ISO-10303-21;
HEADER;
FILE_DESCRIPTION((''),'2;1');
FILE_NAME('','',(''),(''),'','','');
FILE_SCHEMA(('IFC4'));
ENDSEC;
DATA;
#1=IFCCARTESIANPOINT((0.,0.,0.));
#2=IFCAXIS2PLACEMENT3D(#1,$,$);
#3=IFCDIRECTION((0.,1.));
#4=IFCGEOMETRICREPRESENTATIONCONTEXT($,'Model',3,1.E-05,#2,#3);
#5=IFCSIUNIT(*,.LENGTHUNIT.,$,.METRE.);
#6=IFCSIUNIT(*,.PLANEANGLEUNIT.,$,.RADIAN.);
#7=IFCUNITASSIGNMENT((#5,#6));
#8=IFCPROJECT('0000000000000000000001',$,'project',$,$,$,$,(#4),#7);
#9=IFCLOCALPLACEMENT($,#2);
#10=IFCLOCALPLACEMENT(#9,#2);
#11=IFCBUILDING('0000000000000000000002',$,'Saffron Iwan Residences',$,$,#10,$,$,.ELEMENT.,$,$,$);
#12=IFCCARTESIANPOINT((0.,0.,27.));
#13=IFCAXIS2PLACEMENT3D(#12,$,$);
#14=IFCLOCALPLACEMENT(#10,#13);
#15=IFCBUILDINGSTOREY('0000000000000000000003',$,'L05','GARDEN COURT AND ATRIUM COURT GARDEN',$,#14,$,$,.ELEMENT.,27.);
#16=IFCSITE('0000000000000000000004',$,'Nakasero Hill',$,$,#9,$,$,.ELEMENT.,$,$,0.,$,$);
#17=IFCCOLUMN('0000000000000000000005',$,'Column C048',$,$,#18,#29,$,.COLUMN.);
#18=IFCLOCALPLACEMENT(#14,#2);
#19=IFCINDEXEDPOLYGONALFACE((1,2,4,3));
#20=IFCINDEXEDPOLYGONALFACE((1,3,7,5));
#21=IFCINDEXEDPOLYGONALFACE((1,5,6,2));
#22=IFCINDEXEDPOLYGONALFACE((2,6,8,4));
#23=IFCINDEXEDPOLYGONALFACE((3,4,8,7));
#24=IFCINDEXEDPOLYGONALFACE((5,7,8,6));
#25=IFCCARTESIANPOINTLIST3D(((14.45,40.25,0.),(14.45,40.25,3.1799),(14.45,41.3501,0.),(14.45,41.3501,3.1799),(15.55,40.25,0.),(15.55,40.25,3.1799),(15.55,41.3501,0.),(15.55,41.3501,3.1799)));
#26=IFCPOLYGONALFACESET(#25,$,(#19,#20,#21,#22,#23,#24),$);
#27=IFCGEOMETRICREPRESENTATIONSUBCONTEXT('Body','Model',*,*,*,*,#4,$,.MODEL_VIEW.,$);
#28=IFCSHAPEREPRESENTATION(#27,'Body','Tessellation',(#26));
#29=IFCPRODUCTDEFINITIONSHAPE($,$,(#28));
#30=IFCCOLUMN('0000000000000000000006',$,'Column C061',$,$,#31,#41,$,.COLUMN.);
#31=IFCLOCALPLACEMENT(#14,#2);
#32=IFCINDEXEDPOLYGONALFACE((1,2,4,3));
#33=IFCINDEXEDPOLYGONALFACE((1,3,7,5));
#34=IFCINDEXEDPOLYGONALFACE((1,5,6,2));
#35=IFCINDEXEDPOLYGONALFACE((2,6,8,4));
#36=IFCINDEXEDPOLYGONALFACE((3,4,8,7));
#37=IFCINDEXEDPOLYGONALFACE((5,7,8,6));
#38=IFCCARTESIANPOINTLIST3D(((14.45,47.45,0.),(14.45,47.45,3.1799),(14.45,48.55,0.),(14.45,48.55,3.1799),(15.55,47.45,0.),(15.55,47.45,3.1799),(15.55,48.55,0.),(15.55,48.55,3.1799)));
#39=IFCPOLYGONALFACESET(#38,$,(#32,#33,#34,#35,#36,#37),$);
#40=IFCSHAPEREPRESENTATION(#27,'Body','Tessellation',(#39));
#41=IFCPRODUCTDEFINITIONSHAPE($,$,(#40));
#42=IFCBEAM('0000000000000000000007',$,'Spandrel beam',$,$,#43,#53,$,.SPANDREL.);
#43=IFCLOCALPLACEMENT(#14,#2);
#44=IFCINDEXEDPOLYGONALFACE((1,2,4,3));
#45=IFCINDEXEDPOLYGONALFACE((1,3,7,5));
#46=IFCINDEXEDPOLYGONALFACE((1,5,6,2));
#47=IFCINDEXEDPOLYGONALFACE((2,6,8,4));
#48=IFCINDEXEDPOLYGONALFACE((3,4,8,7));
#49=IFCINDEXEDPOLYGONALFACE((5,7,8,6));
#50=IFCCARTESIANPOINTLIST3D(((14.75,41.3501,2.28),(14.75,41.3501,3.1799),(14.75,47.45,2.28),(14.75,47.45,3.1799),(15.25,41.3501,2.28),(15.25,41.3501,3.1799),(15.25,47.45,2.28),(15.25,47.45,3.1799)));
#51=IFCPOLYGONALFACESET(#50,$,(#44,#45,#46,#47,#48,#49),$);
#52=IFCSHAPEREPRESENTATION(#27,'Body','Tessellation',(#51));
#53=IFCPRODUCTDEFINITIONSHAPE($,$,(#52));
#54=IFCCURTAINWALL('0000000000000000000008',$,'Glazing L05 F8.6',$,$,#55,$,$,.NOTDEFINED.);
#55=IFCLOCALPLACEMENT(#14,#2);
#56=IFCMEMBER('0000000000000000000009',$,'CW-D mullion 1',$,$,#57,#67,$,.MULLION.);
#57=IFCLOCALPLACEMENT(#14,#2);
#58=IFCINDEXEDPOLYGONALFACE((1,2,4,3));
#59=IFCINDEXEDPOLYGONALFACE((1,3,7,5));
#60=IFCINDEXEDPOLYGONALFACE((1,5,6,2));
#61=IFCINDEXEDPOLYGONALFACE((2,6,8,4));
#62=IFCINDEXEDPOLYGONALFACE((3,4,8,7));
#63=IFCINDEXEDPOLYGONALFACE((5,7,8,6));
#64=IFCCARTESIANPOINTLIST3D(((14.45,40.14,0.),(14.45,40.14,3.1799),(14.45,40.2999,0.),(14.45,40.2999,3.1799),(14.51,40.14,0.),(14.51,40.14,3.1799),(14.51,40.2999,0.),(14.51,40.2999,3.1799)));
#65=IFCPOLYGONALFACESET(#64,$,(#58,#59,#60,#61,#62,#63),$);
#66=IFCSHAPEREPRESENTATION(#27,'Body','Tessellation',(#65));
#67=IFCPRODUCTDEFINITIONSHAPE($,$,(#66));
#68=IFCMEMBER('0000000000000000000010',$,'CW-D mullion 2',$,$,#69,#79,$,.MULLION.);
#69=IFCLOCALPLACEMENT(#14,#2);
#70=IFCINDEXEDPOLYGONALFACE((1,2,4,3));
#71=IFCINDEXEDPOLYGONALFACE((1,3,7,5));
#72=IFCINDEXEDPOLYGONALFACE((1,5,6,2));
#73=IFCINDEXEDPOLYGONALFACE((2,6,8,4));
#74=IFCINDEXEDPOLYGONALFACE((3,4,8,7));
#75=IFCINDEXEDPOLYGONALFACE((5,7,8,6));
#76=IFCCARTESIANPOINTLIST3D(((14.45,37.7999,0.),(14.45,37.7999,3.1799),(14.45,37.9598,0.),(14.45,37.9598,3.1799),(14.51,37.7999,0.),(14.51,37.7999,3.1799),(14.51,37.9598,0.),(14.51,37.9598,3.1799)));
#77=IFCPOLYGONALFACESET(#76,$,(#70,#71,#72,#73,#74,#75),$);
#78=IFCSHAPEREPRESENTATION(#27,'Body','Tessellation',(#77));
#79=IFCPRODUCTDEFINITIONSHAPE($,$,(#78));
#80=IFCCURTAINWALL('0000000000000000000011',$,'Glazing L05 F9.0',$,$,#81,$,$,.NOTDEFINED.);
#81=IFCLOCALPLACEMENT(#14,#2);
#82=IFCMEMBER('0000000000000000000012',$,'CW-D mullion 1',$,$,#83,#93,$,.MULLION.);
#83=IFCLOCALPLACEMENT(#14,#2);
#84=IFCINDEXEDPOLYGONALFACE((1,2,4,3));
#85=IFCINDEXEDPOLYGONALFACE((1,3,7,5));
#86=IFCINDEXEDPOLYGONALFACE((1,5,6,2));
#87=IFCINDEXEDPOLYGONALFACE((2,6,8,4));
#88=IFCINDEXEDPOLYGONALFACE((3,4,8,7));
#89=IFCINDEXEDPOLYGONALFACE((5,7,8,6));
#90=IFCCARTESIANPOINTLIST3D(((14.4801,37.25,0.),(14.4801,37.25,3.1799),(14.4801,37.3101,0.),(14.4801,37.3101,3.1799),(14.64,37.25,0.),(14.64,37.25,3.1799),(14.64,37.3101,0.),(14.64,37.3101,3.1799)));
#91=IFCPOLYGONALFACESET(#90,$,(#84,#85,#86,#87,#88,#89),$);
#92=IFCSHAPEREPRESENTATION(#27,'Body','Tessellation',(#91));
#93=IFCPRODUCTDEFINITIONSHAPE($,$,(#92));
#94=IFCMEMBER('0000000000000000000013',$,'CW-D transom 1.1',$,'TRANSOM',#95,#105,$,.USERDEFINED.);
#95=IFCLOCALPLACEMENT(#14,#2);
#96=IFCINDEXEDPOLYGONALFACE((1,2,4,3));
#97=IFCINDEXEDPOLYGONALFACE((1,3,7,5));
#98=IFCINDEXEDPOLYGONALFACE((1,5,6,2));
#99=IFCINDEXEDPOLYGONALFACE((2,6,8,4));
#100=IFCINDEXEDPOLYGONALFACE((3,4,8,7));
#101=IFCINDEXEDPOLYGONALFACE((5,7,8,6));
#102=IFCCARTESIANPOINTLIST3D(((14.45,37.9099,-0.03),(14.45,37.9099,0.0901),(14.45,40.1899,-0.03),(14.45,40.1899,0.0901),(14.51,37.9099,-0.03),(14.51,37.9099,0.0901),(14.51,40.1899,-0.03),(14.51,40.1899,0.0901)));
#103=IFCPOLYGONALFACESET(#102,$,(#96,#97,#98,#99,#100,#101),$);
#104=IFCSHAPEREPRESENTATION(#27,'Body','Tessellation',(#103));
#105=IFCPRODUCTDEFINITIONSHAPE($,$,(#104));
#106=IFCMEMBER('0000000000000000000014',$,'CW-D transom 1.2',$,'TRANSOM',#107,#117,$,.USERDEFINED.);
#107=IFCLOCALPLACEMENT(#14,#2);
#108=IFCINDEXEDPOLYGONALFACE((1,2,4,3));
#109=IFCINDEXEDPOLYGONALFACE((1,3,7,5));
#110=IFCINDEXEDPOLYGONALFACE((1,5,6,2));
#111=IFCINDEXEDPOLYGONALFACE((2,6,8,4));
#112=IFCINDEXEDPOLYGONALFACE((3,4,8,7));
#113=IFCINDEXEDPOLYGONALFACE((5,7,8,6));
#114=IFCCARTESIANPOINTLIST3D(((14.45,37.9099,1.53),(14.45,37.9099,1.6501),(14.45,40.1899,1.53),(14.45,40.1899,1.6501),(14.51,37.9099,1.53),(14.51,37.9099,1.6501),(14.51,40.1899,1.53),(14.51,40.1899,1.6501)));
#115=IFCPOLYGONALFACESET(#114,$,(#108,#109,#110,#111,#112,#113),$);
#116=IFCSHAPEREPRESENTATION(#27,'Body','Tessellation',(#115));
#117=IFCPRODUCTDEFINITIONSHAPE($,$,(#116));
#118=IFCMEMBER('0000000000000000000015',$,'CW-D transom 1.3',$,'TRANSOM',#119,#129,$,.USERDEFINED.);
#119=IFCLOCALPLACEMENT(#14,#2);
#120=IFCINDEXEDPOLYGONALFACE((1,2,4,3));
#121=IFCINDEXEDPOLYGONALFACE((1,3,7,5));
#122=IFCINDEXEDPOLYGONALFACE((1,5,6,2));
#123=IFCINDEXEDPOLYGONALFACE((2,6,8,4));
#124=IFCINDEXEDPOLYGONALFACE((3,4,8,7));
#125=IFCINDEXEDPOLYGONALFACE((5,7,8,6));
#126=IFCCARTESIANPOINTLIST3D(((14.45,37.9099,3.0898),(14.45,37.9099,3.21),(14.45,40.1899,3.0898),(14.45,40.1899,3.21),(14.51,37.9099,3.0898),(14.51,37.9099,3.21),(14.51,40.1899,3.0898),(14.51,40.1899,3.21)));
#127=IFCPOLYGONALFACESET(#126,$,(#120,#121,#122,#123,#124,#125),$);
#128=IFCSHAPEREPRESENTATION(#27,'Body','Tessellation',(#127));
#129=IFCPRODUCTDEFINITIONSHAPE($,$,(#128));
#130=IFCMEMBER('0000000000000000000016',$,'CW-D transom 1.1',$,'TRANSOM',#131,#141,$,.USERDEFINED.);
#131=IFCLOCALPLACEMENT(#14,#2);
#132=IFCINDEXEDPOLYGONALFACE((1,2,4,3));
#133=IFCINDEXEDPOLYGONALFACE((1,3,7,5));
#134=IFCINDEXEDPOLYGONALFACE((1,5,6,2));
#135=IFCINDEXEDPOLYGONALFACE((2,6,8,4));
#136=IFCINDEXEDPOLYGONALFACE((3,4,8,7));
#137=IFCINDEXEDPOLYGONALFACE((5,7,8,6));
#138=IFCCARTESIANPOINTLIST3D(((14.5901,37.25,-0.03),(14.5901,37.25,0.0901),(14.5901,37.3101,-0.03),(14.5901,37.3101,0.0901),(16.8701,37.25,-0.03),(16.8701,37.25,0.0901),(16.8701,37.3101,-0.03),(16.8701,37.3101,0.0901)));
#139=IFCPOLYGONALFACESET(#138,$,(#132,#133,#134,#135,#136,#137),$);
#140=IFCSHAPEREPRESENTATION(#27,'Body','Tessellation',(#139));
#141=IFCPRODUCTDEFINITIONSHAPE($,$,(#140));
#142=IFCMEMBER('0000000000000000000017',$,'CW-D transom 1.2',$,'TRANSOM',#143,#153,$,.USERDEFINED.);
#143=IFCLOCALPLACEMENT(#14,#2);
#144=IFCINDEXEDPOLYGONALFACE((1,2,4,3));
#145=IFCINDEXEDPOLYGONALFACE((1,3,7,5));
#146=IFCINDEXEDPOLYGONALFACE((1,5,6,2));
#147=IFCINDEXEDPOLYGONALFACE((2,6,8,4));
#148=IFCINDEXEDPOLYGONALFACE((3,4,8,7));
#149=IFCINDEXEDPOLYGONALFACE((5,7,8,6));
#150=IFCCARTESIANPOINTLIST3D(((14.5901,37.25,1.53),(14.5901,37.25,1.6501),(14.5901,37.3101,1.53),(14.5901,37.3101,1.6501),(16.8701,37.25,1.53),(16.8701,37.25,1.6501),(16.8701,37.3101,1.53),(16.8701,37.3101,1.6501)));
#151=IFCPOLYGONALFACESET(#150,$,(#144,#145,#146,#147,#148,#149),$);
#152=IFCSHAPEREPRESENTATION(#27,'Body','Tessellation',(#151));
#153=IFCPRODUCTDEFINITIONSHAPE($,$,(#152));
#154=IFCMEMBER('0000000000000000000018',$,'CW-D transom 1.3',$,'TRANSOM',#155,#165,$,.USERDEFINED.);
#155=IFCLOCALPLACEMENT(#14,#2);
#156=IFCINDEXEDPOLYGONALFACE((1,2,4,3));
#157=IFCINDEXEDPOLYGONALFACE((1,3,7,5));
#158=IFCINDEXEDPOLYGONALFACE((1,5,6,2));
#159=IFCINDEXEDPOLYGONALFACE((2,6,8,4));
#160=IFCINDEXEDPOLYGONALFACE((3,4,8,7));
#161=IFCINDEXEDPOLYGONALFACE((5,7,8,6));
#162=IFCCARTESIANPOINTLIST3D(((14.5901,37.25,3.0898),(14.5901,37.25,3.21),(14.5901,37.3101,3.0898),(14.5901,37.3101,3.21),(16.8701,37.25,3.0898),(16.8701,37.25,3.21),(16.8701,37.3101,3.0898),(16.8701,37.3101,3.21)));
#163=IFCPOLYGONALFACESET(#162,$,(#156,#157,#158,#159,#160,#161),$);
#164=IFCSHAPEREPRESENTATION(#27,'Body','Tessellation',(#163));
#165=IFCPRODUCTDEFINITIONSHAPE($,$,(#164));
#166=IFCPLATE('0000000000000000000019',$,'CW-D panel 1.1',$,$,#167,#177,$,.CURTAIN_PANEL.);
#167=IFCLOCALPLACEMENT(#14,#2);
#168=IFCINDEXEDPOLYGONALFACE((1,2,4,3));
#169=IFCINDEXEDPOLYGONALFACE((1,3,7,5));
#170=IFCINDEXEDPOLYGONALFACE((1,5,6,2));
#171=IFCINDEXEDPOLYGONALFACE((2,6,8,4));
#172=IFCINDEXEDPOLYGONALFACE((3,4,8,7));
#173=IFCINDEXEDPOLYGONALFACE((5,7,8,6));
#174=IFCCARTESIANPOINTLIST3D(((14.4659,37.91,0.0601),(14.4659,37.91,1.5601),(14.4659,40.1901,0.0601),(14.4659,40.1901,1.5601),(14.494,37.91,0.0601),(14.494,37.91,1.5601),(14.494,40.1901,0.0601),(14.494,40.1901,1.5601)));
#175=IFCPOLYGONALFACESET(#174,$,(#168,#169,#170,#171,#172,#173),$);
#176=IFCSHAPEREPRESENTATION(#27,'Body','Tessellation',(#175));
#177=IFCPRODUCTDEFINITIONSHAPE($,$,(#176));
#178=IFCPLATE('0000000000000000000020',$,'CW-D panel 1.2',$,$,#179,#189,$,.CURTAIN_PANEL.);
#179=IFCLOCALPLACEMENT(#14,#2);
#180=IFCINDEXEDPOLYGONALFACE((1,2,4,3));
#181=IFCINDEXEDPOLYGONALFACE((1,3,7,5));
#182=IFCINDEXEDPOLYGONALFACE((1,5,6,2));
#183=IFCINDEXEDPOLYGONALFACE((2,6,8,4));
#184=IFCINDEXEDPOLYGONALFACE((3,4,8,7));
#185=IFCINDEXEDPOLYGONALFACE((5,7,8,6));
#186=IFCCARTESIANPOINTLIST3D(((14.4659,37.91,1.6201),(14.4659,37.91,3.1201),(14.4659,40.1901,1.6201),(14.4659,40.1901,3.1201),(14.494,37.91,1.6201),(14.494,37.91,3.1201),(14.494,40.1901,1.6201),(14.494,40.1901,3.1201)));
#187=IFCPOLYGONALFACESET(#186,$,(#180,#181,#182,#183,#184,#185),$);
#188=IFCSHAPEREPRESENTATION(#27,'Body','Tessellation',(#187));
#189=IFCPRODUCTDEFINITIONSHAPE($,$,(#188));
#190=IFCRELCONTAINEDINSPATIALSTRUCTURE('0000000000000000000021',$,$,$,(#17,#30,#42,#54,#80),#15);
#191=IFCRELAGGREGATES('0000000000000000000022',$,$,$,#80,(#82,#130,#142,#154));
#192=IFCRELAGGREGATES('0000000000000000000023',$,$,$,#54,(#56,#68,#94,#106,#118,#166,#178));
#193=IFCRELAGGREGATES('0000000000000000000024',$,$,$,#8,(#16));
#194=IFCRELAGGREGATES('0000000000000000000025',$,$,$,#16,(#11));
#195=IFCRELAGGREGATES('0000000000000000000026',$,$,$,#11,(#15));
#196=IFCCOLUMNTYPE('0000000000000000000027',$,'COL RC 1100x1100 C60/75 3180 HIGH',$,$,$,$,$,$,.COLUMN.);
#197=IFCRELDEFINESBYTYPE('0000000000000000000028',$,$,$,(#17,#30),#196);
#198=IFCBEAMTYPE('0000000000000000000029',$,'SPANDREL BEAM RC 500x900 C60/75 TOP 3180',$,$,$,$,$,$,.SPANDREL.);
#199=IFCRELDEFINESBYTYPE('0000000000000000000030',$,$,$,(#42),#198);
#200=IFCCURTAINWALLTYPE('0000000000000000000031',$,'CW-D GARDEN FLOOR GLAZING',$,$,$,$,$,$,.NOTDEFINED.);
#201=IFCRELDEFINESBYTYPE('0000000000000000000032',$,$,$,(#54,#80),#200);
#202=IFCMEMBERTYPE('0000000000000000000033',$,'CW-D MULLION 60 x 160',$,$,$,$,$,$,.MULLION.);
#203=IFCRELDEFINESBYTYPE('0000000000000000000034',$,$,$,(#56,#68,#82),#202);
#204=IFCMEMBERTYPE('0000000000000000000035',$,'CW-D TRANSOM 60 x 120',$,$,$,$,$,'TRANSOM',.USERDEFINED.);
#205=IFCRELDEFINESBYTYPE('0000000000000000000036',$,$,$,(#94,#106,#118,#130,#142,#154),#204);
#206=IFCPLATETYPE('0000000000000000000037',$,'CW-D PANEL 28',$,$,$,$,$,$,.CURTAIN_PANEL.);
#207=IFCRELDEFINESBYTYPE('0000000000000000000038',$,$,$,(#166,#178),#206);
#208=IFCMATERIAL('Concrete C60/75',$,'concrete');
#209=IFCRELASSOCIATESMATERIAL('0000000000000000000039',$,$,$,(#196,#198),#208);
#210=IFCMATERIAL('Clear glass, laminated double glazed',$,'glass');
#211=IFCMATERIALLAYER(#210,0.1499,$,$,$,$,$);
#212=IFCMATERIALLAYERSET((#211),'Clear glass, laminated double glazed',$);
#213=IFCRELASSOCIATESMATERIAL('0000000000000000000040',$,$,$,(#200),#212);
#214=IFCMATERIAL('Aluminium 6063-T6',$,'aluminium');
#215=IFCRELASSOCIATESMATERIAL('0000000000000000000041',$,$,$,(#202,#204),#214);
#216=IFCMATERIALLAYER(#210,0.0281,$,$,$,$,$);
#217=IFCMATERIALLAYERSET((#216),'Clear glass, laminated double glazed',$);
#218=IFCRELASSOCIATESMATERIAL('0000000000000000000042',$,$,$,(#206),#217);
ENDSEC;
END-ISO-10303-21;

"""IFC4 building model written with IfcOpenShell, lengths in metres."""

from ifc_helpers import new_model, si_unit, direction, frame, origin, origin_2d, place, context, subcontext, project, spatial, rectangle, extrude, source, transform, mapped, material, layer, layer_set, material_profile, profile_set, type_object, element, aggregate, save


model = new_model("IFC4")

# Units and contexts
model_context = context("Model", 3, precision=1e-05, world=origin(), true_north=direction((0.0, 1.0)))
body_context = subcontext(model_context, "Body", "Model", "MODEL_VIEW")
ifc_project = project(units=[si_unit("LENGTHUNIT", "METRE"), si_unit("PLANEANGLEUNIT", "RADIAN")], contexts=[model_context])

# Site, building, storey
site_placement = place(None, origin())
site = spatial("IfcSite", under=ifc_project, at=site_placement, Name="Nakasero Hill", CompositionType="ELEMENT", RefElevation=0.0)
building_placement = place(site_placement, origin())
building = spatial("IfcBuilding", under=site, at=building_placement, Name="Saffron Iwan Residences", CompositionType="ELEMENT")
storey_placement = place(building_placement, frame((0.0, 0.0, 27.0)))
storey = spatial("IfcBuildingStorey", under=building, at=storey_placement, Name="L05", Description="GARDEN COURT AND ATRIUM COURT GARDEN", CompositionType="ELEMENT", Elevation=27.0)

# Columns
ifc_material_1 = material(Name="Concrete C60/75", Category="concrete")
ifc_material_profile_1 = material_profile(ifc_material_1, rectangle(XDim=1.1001, YDim=1.1001, at=origin_2d()), Name="RC 1100x1100")
ifc_profile_set_1 = profile_set([ifc_material_profile_1], Name="Concrete C60/75")
column_type = type_object("IfcColumnType", Name="COL RC 1100x1100 C60/75 3180 HIGH", PredefinedType="COLUMN", material=ifc_profile_set_1)
shared_shape_1 = source(origin(), body_context, "Body", "SweptSolid", [
    extrude(rectangle(XDim=1.1001, YDim=1.1001, at=origin_2d()), origin(), (0.0, 0.0, 1.0), 3.1799),
])
for number, where, z_axis, x_axis, name in (
    (1, (15.0, 40.8, 0.0), (0.0, 0.0, 1.0), (1.0, 0.0, 0.0), "Column C048"),
    (2, (15.0, 48.0, 0.0), (0.0, 0.0, 1.0), (1.0, 0.0, 0.0), "Column C061"),
):
    element("IfcColumn", number, at=place(storey_placement, frame(where, z_axis=z_axis, x_axis=x_axis)), inside=storey, type_object=column_type, Name=name, PredefinedType="COLUMN", context=body_context, shape_type="MappedRepresentation", body=[
        mapped(shared_shape_1, transform((0.0, 0.0, 0.0))),
    ])

# Beam
ifc_material_profile_2 = material_profile(ifc_material_1, rectangle(XDim=0.5, YDim=0.8999, at=origin_2d()), Name="RC 500x900")
ifc_profile_set_2 = profile_set([ifc_material_profile_2], Name="Concrete C60/75")
beam_type = type_object("IfcBeamType", Name="SPANDREL BEAM RC 500x900 C60/75 TOP 3180", PredefinedType="SPANDREL", material=ifc_profile_set_2)
shared_shape_2 = source(origin(), body_context, "Body", "SweptSolid", [
    extrude(rectangle(XDim=0.5, YDim=0.8999, at=origin_2d()), origin(), (0.0, 0.0, 1.0), 6.0999),
])
beam_placement = place(storey_placement, frame((15.0, 41.3501, 2.73), z_axis=(0.0, 1.0, 0.0), x_axis=(-1.0, 0.0, 0.0)))
element("IfcBeam", 3, at=beam_placement, inside=storey, type_object=beam_type, Name="Spandrel beam", PredefinedType="SPANDREL", context=body_context, shape_type="MappedRepresentation", body=[
    mapped(shared_shape_2, transform((0.0, 0.0, 0.0))),
])

# Curtain wall, members
ifc_material_2 = material(Name="Clear glass, laminated double glazed", Category="glass")
ifc_layer_1 = layer(ifc_material_2, 0.1499)
ifc_layer_set_1 = layer_set([ifc_layer_1], Name="Clear glass, laminated double glazed")
curtain_wall_type = type_object("IfcCurtainWallType", Name="CW-D GARDEN FLOOR GLAZING", PredefinedType="NOTDEFINED", material=ifc_layer_set_1)
curtain_wall_1_placement = place(storey_placement, origin())
curtain_wall_1 = element("IfcCurtainWall", 4, at=curtain_wall_1_placement, inside=storey, type_object=curtain_wall_type, Name="Glazing L05 F8.6", PredefinedType="NOTDEFINED")
ifc_material_3 = material(Name="Aluminium 6063-T6", Category="aluminium")
ifc_material_profile_3 = material_profile(ifc_material_3, rectangle(XDim=0.0601, YDim=0.1599, at=origin_2d()), Name="CW-D MULLION 60 x 160")
ifc_profile_set_3 = profile_set([ifc_material_profile_3], Name="Aluminium 6063-T6")
member_type_1 = type_object("IfcMemberType", Name="CW-D MULLION 60 x 160", PredefinedType="MULLION", material=ifc_profile_set_3)
shared_shape_3 = source(origin(), body_context, "Body", "SweptSolid", [
    extrude(rectangle(XDim=0.0601, YDim=0.1599, at=origin_2d()), origin(), (0.0, 0.0, 1.0), 3.1799),
])
member_1_placement = place(storey_placement, frame((14.48, 40.22, 0.0), z_axis=(0.0, 0.0, 1.0), x_axis=(1.0, 0.0, 0.0)))
member_1 = element("IfcMember", 5, at=member_1_placement, type_object=member_type_1, Name="CW-D mullion 1", PredefinedType="MULLION", context=body_context, shape_type="MappedRepresentation", body=[
    mapped(shared_shape_3, transform((0.0, 0.0, 0.0))),
])
member_2_placement = place(storey_placement, frame((14.48, 37.8799, 0.0), z_axis=(0.0, 0.0, 1.0), x_axis=(1.0, 0.0, 0.0)))
member_2 = element("IfcMember", 6, at=member_2_placement, type_object=member_type_1, Name="CW-D mullion 2", PredefinedType="MULLION", context=body_context, shape_type="MappedRepresentation", body=[
    mapped(shared_shape_3, transform((0.0, 0.0, 0.0))),
])

# Curtain wall, member
curtain_wall_2_placement = place(storey_placement, origin())
curtain_wall_2 = element("IfcCurtainWall", 7, at=curtain_wall_2_placement, inside=storey, type_object=curtain_wall_type, Name="Glazing L05 F9.0", PredefinedType="NOTDEFINED")
member_3_placement = place(storey_placement, frame((14.5601, 37.28, 0.0), z_axis=(0.0, 0.0, 1.0), x_axis=(0.0, 1.0, 0.0)))
member_3 = element("IfcMember", 8, at=member_3_placement, type_object=member_type_1, Name="CW-D mullion 1", PredefinedType="MULLION", context=body_context, shape_type="MappedRepresentation", body=[
    mapped(shared_shape_3, transform((0.0, 0.0, 0.0))),
])

# Members
ifc_material_profile_4 = material_profile(ifc_material_3, rectangle(XDim=0.0601, YDim=0.1201, at=origin_2d()), Name="CW-D TRANSOM 60 x 120")
ifc_profile_set_4 = profile_set([ifc_material_profile_4], Name="Aluminium 6063-T6")
member_type_2 = type_object("IfcMemberType", Name="CW-D TRANSOM 60 x 120", ElementType="TRANSOM", PredefinedType="USERDEFINED", material=ifc_profile_set_4)
shared_shape_4 = source(origin(), body_context, "Body", "SweptSolid", [
    extrude(rectangle(XDim=0.0601, YDim=0.1201, at=origin_2d()), origin(), (0.0, 0.0, 1.0), 2.28),
])
member_4_placement = place(storey_placement, frame((14.48, 40.1899, 0.03), z_axis=(0.0, -1.0, 0.0), x_axis=(1.0, 0.0, 0.0)))
member_4 = element("IfcMember", 9, at=member_4_placement, type_object=member_type_2, Name="CW-D transom 1.1", ObjectType="TRANSOM", PredefinedType="USERDEFINED", context=body_context, shape_type="MappedRepresentation", body=[
    mapped(shared_shape_4, transform((0.0, 0.0, 0.0))),
])
member_5_placement = place(storey_placement, frame((14.48, 40.1899, 1.5901), z_axis=(0.0, -1.0, 0.0), x_axis=(1.0, 0.0, 0.0)))
member_5 = element("IfcMember", 10, at=member_5_placement, type_object=member_type_2, Name="CW-D transom 1.2", ObjectType="TRANSOM", PredefinedType="USERDEFINED", context=body_context, shape_type="MappedRepresentation", body=[
    mapped(shared_shape_4, transform((0.0, 0.0, 0.0))),
])
member_6_placement = place(storey_placement, frame((14.48, 40.1899, 3.1499), z_axis=(0.0, -1.0, 0.0), x_axis=(1.0, 0.0, 0.0)))
member_6 = element("IfcMember", 11, at=member_6_placement, type_object=member_type_2, Name="CW-D transom 1.3", ObjectType="TRANSOM", PredefinedType="USERDEFINED", context=body_context, shape_type="MappedRepresentation", body=[
    mapped(shared_shape_4, transform((0.0, 0.0, 0.0))),
])
member_7_placement = place(storey_placement, frame((14.5901, 37.28, 0.03), z_axis=(1.0, 0.0, 0.0), x_axis=(0.0, 1.0, 0.0)))
member_7 = element("IfcMember", 12, at=member_7_placement, type_object=member_type_2, Name="CW-D transom 1.1", ObjectType="TRANSOM", PredefinedType="USERDEFINED", context=body_context, shape_type="MappedRepresentation", body=[
    mapped(shared_shape_4, transform((0.0, 0.0, 0.0))),
])
member_8_placement = place(storey_placement, frame((14.5901, 37.28, 1.5901), z_axis=(1.0, 0.0, 0.0), x_axis=(0.0, 1.0, 0.0)))
member_8 = element("IfcMember", 13, at=member_8_placement, type_object=member_type_2, Name="CW-D transom 1.2", ObjectType="TRANSOM", PredefinedType="USERDEFINED", context=body_context, shape_type="MappedRepresentation", body=[
    mapped(shared_shape_4, transform((0.0, 0.0, 0.0))),
])
member_9_placement = place(storey_placement, frame((14.5901, 37.28, 3.1499), z_axis=(1.0, 0.0, 0.0), x_axis=(0.0, 1.0, 0.0)))
member_9 = element("IfcMember", 14, at=member_9_placement, type_object=member_type_2, Name="CW-D transom 1.3", ObjectType="TRANSOM", PredefinedType="USERDEFINED", context=body_context, shape_type="MappedRepresentation", body=[
    mapped(shared_shape_4, transform((0.0, 0.0, 0.0))),
])
aggregate(curtain_wall_2, [member_3, member_7, member_8, member_9])

# Plates
ifc_layer_2 = layer(ifc_material_2, 0.0281)
ifc_layer_set_2 = layer_set([ifc_layer_2], Name="Clear glass, laminated double glazed")
plate_type = type_object("IfcPlateType", Name="CW-D PANEL 28", PredefinedType="CURTAIN_PANEL", material=ifc_layer_set_2)
shared_shape_5 = source(origin(), body_context, "Body", "SweptSolid", [
    extrude(rectangle(XDim=2.28, YDim=0.0281, at=origin_2d()), origin(), (0.0, 0.0, 1.0), 1.5),
])
plate_1_placement = place(storey_placement, frame((14.48, 39.05, 0.0601), z_axis=(0.0, 0.0, 1.0), x_axis=(0.0, -1.0, 0.0)))
plate_1 = element("IfcPlate", 15, at=plate_1_placement, type_object=plate_type, Name="CW-D panel 1.1", PredefinedType="CURTAIN_PANEL", context=body_context, shape_type="MappedRepresentation", body=[
    mapped(shared_shape_5, transform((0.0, 0.0, 0.0))),
])
plate_2_placement = place(storey_placement, frame((14.48, 39.05, 1.6201), z_axis=(0.0, 0.0, 1.0), x_axis=(0.0, -1.0, 0.0)))
plate_2 = element("IfcPlate", 16, at=plate_2_placement, type_object=plate_type, Name="CW-D panel 1.2", PredefinedType="CURTAIN_PANEL", context=body_context, shape_type="MappedRepresentation", body=[
    mapped(shared_shape_5, transform((0.0, 0.0, 0.0))),
])
aggregate(curtain_wall_1, [member_1, member_2, member_4, member_5, member_6, plate_1, plate_2])

save(model, "model.ifc")
